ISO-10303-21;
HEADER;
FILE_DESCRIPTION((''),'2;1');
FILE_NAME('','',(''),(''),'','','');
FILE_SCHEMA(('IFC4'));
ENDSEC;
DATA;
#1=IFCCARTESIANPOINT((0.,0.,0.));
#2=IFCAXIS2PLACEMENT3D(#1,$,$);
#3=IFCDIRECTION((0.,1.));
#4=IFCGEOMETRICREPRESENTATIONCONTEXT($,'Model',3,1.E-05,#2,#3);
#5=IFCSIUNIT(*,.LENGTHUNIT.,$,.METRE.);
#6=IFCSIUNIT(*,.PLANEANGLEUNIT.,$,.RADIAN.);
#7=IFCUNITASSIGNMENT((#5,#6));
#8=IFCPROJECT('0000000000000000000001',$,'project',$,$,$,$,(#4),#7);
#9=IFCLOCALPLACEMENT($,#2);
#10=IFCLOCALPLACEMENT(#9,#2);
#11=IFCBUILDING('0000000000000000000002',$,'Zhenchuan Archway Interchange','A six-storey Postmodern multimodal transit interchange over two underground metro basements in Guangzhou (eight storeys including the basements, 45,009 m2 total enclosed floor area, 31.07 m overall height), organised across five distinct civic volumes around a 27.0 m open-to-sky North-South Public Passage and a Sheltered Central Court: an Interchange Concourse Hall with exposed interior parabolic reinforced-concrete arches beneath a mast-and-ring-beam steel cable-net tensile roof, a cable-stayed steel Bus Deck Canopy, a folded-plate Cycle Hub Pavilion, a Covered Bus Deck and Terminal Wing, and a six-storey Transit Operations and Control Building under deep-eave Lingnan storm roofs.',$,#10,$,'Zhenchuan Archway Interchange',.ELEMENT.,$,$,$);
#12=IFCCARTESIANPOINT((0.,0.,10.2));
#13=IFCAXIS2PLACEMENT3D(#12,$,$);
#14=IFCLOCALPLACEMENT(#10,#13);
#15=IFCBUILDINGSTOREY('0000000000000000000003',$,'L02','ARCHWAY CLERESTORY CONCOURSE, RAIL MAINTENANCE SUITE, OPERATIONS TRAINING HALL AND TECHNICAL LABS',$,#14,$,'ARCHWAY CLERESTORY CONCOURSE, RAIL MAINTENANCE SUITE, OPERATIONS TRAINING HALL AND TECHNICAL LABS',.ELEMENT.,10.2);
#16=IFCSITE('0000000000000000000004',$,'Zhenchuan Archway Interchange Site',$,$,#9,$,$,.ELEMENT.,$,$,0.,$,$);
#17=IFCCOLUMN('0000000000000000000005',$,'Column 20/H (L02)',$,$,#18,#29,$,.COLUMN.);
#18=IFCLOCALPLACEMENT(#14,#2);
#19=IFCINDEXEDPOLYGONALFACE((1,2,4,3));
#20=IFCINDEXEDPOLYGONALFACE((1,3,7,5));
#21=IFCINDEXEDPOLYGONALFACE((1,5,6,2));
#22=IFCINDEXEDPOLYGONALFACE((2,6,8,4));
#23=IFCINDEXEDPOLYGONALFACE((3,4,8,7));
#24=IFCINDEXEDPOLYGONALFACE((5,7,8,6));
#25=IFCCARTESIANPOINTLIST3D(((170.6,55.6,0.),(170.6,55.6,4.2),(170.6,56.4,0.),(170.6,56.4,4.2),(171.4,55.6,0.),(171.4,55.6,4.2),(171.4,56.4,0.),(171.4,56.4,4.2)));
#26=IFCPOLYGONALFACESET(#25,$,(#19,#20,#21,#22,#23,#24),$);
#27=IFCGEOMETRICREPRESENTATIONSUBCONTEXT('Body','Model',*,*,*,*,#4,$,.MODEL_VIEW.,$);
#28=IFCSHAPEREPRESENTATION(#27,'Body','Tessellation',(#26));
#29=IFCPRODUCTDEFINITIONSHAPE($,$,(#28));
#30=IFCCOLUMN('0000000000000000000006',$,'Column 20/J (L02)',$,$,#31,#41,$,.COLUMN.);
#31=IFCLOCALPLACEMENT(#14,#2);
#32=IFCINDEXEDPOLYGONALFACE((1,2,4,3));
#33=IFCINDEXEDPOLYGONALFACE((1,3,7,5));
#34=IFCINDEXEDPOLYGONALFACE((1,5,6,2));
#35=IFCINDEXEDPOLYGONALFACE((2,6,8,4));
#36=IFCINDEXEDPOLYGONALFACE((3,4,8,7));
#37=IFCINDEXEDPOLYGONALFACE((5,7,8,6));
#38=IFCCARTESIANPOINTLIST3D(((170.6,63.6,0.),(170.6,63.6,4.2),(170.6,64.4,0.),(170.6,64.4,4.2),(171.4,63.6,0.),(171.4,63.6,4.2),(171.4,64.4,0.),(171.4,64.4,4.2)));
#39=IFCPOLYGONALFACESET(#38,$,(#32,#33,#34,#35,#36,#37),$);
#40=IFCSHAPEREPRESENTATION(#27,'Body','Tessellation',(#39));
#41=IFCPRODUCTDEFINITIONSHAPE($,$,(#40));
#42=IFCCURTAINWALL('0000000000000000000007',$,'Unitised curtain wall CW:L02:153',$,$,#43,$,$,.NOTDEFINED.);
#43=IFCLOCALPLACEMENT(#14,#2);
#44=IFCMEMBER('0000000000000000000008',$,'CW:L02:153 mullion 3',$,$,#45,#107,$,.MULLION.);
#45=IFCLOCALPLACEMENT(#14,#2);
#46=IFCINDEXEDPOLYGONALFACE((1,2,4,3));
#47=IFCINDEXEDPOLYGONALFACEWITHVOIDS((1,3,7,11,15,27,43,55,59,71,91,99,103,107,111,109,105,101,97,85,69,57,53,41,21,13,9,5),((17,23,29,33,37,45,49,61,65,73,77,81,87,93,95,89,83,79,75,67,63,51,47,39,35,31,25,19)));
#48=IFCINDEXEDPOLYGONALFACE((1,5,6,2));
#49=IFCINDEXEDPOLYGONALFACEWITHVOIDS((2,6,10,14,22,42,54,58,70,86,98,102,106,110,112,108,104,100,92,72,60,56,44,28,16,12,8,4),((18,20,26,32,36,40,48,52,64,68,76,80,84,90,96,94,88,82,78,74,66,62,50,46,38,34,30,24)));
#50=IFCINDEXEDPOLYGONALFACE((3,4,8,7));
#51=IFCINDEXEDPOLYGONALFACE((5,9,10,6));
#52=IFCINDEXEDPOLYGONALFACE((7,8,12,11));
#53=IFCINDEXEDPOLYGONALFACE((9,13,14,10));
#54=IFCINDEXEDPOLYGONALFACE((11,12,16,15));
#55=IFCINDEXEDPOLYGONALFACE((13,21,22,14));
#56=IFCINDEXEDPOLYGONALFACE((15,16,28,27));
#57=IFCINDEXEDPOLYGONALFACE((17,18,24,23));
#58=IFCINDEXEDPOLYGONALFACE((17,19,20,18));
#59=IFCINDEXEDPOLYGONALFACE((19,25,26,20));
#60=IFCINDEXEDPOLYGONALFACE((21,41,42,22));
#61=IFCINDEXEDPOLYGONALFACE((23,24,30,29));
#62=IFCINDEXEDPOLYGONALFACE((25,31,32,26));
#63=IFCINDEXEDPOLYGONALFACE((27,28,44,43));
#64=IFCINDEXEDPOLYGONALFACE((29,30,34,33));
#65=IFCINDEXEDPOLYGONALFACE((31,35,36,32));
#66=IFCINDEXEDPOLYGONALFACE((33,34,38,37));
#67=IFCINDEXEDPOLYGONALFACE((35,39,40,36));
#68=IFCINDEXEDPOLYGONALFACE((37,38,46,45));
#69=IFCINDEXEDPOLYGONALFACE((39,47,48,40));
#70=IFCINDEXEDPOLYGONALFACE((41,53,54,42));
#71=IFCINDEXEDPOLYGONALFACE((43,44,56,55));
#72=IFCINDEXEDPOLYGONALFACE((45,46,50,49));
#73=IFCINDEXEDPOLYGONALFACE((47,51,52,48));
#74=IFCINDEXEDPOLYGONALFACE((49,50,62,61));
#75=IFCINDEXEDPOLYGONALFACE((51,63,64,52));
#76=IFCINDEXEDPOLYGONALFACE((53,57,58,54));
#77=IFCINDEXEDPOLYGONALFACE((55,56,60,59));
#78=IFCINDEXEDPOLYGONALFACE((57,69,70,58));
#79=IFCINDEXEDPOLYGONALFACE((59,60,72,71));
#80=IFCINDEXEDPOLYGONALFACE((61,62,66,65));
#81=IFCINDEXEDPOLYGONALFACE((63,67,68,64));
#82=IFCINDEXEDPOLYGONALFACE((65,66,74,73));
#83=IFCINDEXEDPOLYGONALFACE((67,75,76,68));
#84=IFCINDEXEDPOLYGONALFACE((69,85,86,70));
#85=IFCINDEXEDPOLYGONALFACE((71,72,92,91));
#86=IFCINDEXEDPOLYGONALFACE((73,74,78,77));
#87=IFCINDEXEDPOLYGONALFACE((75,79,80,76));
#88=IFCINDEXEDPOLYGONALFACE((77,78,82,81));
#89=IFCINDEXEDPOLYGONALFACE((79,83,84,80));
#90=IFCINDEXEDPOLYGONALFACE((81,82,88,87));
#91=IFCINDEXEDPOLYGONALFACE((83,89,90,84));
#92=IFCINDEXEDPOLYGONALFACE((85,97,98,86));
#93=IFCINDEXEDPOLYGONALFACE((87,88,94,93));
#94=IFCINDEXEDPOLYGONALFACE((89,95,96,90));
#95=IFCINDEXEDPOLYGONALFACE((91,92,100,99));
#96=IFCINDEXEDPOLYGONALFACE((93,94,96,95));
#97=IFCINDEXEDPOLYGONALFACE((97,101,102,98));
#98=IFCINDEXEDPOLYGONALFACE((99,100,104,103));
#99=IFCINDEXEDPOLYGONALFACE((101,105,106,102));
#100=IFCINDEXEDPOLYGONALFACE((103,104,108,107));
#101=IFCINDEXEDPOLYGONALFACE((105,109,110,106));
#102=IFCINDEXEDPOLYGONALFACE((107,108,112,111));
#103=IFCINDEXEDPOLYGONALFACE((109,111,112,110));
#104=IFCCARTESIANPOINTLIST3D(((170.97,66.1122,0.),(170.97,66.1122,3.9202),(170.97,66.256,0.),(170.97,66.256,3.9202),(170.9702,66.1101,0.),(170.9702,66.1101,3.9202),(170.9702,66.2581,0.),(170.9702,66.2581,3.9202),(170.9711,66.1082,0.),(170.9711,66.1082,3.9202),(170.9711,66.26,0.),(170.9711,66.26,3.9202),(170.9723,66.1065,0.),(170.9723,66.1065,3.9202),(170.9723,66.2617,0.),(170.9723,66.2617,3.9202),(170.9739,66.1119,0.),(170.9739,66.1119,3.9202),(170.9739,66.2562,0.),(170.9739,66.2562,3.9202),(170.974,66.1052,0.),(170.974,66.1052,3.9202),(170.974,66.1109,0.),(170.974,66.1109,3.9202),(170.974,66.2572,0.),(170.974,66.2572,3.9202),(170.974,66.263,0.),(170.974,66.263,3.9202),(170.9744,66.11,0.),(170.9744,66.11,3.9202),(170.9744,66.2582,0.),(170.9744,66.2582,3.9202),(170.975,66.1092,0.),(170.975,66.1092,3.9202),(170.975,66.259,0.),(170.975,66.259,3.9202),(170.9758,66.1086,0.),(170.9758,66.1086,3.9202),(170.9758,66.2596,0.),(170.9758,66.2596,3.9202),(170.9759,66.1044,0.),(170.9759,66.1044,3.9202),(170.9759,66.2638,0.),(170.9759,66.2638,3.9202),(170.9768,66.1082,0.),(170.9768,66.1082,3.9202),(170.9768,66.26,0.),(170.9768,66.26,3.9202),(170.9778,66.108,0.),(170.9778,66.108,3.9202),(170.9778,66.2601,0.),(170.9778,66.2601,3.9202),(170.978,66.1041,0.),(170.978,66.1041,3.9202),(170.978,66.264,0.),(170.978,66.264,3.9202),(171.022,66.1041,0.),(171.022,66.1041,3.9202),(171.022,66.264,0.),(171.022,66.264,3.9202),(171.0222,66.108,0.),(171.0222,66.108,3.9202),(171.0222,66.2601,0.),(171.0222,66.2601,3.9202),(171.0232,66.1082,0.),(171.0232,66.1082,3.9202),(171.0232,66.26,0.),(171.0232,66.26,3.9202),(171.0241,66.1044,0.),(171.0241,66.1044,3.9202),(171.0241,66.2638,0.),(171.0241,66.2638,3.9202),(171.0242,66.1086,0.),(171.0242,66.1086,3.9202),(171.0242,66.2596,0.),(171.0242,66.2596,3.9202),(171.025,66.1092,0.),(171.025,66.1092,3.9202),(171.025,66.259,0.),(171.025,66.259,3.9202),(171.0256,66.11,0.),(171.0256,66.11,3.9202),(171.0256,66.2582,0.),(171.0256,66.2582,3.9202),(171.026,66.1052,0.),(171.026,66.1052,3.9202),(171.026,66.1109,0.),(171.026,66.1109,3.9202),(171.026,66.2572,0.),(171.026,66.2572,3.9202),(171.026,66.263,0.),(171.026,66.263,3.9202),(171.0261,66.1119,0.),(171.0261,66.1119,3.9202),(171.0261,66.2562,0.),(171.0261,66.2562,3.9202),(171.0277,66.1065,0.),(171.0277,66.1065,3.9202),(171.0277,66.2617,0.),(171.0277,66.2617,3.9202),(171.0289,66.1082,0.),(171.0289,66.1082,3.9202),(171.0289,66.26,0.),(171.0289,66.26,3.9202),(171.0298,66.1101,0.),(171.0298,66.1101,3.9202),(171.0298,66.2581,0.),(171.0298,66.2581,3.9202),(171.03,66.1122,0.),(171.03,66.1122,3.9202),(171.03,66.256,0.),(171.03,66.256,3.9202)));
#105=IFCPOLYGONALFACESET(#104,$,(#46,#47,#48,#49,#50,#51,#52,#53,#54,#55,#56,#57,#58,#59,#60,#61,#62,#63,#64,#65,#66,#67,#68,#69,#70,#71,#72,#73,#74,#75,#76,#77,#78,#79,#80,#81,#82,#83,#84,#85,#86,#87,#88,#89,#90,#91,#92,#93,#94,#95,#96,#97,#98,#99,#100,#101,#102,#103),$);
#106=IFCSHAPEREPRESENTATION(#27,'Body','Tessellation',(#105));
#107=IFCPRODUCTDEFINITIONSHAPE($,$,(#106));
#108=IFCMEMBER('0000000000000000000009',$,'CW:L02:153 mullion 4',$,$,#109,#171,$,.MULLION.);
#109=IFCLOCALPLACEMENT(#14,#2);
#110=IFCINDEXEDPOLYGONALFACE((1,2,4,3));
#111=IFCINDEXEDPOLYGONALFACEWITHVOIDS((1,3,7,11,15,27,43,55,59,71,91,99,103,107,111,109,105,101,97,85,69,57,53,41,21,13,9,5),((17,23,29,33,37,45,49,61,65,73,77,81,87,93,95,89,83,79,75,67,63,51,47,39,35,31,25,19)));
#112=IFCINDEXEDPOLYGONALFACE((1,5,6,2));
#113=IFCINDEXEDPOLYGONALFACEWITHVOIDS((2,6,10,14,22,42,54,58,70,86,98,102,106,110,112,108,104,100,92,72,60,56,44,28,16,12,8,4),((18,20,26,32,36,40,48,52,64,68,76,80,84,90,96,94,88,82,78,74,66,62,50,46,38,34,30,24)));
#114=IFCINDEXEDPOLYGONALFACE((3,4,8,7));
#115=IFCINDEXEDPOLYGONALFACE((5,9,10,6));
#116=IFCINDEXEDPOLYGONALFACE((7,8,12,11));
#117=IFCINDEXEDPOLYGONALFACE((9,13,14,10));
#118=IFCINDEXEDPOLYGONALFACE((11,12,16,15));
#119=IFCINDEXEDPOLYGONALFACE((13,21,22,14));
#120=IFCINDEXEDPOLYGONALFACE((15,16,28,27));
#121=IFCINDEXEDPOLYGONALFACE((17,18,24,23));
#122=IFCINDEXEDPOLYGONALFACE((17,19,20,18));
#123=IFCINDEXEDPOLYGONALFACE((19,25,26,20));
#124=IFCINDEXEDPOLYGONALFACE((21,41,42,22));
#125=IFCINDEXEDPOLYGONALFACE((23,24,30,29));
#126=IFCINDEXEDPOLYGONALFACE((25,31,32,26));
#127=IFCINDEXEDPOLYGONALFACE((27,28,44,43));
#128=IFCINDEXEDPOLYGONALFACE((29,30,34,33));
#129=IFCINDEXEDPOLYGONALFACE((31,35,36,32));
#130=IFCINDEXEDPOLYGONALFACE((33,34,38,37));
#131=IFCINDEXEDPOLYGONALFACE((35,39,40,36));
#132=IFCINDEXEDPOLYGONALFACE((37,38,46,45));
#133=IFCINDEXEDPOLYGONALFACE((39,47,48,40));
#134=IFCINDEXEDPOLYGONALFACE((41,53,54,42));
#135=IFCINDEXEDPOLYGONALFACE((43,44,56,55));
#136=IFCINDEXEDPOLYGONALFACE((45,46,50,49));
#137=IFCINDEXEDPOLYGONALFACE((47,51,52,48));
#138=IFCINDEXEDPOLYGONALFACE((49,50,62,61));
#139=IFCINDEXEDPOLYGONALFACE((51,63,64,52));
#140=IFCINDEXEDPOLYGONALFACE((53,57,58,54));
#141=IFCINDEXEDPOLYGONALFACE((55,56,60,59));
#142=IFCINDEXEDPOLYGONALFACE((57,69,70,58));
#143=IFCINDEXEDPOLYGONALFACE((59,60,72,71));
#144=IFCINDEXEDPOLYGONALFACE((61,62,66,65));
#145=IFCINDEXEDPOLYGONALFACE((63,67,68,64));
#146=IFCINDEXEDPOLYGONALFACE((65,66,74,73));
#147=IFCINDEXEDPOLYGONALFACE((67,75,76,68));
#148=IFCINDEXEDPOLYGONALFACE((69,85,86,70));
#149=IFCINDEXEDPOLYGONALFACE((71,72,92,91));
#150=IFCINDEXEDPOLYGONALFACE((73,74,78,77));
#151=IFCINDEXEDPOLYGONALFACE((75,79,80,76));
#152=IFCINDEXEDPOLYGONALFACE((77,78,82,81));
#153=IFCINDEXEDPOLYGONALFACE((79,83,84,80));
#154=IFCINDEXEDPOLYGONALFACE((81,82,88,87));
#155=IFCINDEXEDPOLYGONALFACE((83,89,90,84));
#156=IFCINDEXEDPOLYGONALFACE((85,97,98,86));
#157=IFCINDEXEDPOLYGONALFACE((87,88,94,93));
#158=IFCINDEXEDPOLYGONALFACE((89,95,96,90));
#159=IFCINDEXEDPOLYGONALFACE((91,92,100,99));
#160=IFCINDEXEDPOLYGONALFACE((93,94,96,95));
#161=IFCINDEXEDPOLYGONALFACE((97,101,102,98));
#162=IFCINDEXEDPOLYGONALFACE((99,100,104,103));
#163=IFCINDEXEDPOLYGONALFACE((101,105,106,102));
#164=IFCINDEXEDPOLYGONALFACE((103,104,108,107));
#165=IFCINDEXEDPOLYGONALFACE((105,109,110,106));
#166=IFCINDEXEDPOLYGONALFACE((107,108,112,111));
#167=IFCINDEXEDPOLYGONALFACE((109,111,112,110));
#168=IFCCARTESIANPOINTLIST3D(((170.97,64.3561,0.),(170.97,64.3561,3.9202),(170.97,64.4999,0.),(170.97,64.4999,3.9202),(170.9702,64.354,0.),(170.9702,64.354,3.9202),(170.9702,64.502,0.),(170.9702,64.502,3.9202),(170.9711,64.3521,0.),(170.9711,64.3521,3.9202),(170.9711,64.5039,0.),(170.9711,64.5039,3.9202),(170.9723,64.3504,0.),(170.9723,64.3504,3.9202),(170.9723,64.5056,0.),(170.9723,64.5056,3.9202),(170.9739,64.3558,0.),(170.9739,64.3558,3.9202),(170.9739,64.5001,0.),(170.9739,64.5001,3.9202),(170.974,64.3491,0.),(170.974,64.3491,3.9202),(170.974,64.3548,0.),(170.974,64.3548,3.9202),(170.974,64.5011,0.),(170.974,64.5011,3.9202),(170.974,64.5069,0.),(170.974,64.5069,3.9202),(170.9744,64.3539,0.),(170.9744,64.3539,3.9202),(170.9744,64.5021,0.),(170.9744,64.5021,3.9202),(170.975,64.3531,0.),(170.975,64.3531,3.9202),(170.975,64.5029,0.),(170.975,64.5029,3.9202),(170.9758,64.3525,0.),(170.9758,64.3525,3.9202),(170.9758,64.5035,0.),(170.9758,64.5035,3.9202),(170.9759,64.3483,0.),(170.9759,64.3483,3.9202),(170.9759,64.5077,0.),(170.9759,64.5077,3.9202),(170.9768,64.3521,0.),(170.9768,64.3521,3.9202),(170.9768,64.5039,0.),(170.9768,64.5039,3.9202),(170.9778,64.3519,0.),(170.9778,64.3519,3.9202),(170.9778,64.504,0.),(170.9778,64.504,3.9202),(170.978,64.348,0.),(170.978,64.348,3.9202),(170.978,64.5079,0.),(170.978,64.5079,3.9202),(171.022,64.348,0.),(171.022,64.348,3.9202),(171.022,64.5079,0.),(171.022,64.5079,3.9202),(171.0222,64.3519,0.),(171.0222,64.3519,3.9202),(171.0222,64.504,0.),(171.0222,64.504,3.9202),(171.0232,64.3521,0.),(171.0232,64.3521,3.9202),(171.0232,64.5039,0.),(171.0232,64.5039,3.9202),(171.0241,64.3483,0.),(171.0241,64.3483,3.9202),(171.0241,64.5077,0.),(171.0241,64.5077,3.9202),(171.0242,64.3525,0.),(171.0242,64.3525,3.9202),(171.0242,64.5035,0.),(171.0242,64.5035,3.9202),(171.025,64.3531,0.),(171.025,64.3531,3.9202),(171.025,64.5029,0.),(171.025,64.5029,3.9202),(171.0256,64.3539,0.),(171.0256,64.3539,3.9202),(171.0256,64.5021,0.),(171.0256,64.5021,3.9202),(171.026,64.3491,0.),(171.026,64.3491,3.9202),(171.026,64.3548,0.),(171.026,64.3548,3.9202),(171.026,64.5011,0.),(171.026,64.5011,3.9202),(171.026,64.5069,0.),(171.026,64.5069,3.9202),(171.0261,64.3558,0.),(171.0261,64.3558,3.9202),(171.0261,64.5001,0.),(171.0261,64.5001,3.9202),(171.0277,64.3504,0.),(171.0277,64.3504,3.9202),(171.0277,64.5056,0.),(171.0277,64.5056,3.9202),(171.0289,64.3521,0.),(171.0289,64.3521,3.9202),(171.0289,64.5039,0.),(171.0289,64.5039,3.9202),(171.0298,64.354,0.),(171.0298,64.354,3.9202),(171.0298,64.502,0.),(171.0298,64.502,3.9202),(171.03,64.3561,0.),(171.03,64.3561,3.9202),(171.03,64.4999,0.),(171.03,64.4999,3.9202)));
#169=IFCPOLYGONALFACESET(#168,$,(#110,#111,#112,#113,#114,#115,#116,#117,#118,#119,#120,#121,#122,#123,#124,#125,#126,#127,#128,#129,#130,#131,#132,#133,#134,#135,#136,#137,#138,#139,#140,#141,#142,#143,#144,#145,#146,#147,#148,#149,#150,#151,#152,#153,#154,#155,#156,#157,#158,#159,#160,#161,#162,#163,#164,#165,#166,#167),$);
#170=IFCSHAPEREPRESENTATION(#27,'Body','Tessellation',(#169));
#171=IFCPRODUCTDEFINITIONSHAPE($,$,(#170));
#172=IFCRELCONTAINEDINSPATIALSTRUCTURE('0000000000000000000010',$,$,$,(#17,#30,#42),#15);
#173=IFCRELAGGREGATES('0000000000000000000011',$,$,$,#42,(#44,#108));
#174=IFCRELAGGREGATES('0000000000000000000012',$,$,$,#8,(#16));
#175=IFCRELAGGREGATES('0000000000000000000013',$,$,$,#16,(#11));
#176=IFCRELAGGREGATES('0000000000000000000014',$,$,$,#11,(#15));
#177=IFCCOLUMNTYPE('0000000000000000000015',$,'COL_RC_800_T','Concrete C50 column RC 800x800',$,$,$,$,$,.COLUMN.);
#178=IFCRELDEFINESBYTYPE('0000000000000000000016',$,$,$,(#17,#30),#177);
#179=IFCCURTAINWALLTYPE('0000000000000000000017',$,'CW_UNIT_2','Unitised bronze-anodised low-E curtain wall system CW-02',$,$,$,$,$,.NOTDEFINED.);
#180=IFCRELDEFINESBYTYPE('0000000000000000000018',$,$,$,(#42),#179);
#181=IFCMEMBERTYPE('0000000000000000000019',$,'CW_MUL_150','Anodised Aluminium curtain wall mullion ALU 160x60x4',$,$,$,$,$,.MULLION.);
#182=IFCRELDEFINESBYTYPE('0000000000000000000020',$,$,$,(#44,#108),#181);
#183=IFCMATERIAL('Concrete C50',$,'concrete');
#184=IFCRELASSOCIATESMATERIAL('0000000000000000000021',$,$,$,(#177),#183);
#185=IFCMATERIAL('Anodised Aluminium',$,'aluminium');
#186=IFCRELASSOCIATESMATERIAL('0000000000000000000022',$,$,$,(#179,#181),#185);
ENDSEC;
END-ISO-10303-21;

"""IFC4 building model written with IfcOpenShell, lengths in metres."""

from ifc_helpers import new_model, si_unit, direction, frame, origin, origin_2d, place, context, subcontext, project, spatial, rectangle, hollow_rectangle, extrude, material, material_profile, profile_set, type_object, element, aggregate, save


model = new_model("IFC4")

# Units and contexts
model_context = context("Model", 3, precision=1e-05, world=origin(), true_north=direction((0.0, 1.0)))
body_context = subcontext(model_context, "Body", "Model", "MODEL_VIEW")
ifc_project = project(units=[si_unit("LENGTHUNIT", "METRE"), si_unit("PLANEANGLEUNIT", "RADIAN")], contexts=[model_context])

# Site, building, storey
site_placement = place(None, origin())
site = spatial("IfcSite", under=ifc_project, at=site_placement, Name="Zhenchuan Archway Interchange Site", CompositionType="ELEMENT", RefElevation=0.0)
building_placement = place(site_placement, origin())
building = spatial("IfcBuilding", under=site, at=building_placement, Name="Zhenchuan Archway Interchange", Description="A six-storey Postmodern multimodal transit interchange over two underground metro basements in Guangzhou (eight storeys including the basements, 45,009 m2 total enclosed floor area, 31.07 m overall height), organised across five distinct civic volumes around a 27.0 m open-to-sky North-South Public Passage and a Sheltered Central Court: an Interchange Concourse Hall with exposed interior parabolic reinforced-concrete arches beneath a mast-and-ring-beam steel cable-net tensile roof, a cable-stayed steel Bus Deck Canopy, a folded-plate Cycle Hub Pavilion, a Covered Bus Deck and Terminal Wing, and a six-storey Transit Operations and Control Building under deep-eave Lingnan storm roofs.", LongName="Zhenchuan Archway Interchange", CompositionType="ELEMENT")
storey_placement = place(building_placement, frame((0.0, 0.0, 10.2)))
storey = spatial("IfcBuildingStorey", under=building, at=storey_placement, Name="L02", Description="ARCHWAY CLERESTORY CONCOURSE, RAIL MAINTENANCE SUITE, OPERATIONS TRAINING HALL AND TECHNICAL LABS", LongName="ARCHWAY CLERESTORY CONCOURSE, RAIL MAINTENANCE SUITE, OPERATIONS TRAINING HALL AND TECHNICAL LABS", CompositionType="ELEMENT", Elevation=10.2)

# Columns
ifc_material_1 = material(Name="Concrete C50", Category="concrete")
ifc_material_profile_1 = material_profile(ifc_material_1, rectangle(XDim=0.8, YDim=0.8, at=origin_2d()), Name="RC 800x800")
ifc_profile_set_1 = profile_set([ifc_material_profile_1], Name="Concrete C50")
column_type = type_object("IfcColumnType", Name="COL_RC_800_T", Description="Concrete C50 column RC 800x800", PredefinedType="COLUMN", material=ifc_profile_set_1)
for number, where, z_axis, x_axis, name in (
    (1, (171.0, 56.0, 0.0), (0.0, 0.0, 1.0), (1.0, 0.0, 0.0), "Column 20/H (L02)"),
    (2, (171.0, 64.0, 0.0), (0.0, 0.0, 1.0), (1.0, 0.0, 0.0), "Column 20/J (L02)"),
):
    element("IfcColumn", number, at=place(storey_placement, frame(where, z_axis=z_axis, x_axis=x_axis)), inside=storey, type_object=column_type, Name=name, PredefinedType="COLUMN", context=body_context, shape_type="SweptSolid", body=[
        extrude(rectangle(XDim=0.8, YDim=0.8, at=origin_2d()), origin(), (0.0, 0.0, 1.0), 4.2),
    ])

# Curtain wall, members
ifc_material_2 = material(Name="Anodised Aluminium", Category="aluminium")
curtain_wall_type = type_object("IfcCurtainWallType", Name="CW_UNIT_2", Description="Unitised bronze-anodised low-E curtain wall system CW-02", PredefinedType="NOTDEFINED", material=ifc_material_2)
curtain_wall_placement = place(storey_placement, origin())
curtain_wall = element("IfcCurtainWall", 3, at=curtain_wall_placement, inside=storey, type_object=curtain_wall_type, Name="Unitised curtain wall CW:L02:153", PredefinedType="NOTDEFINED")
ifc_material_profile_2 = material_profile(ifc_material_2, hollow_rectangle(XDim=0.0601, YDim=0.1599, WallThickness=0.0039, InnerFilletRadius=0.0039, OuterFilletRadius=0.0081, at=origin_2d()), Name="ALU 160x60x4")
ifc_profile_set_2 = profile_set([ifc_material_profile_2], Name="Anodised Aluminium")
member_type_1 = type_object("IfcMemberType", Name="CW_MUL_150", Description="Anodised Aluminium curtain wall mullion ALU 160x60x4", PredefinedType="MULLION", material=ifc_profile_set_2)
member_1_placement = place(storey_placement, frame((171.0, 66.1841, 0.0), z_axis=(0.0, 0.0, 1.0), x_axis=(1.0, 0.0, 0.0)))
member_1 = element("IfcMember", 4, at=member_1_placement, type_object=member_type_1, Name="CW:L02:153 mullion 3", PredefinedType="MULLION", context=body_context, shape_type="SweptSolid", body=[
    extrude(hollow_rectangle(XDim=0.0601, YDim=0.1599, WallThickness=0.0039, InnerFilletRadius=0.0039, OuterFilletRadius=0.0081, at=origin_2d()), origin(), (0.0, 0.0, 1.0), 3.9202),
])
member_2_placement = place(storey_placement, frame((171.0, 64.428, 0.0), z_axis=(0.0, 0.0, 1.0), x_axis=(1.0, 0.0, 0.0)))
member_2 = element("IfcMember", 5, at=member_2_placement, type_object=member_type_1, Name="CW:L02:153 mullion 4", PredefinedType="MULLION", context=body_context, shape_type="SweptSolid", body=[
    extrude(hollow_rectangle(XDim=0.0601, YDim=0.1599, WallThickness=0.0039, InnerFilletRadius=0.0039, OuterFilletRadius=0.0081, at=origin_2d()), origin(), (0.0, 0.0, 1.0), 3.9202),
])

aggregate(curtain_wall, [member_1, member_2])

save(model, "model.ifc")
